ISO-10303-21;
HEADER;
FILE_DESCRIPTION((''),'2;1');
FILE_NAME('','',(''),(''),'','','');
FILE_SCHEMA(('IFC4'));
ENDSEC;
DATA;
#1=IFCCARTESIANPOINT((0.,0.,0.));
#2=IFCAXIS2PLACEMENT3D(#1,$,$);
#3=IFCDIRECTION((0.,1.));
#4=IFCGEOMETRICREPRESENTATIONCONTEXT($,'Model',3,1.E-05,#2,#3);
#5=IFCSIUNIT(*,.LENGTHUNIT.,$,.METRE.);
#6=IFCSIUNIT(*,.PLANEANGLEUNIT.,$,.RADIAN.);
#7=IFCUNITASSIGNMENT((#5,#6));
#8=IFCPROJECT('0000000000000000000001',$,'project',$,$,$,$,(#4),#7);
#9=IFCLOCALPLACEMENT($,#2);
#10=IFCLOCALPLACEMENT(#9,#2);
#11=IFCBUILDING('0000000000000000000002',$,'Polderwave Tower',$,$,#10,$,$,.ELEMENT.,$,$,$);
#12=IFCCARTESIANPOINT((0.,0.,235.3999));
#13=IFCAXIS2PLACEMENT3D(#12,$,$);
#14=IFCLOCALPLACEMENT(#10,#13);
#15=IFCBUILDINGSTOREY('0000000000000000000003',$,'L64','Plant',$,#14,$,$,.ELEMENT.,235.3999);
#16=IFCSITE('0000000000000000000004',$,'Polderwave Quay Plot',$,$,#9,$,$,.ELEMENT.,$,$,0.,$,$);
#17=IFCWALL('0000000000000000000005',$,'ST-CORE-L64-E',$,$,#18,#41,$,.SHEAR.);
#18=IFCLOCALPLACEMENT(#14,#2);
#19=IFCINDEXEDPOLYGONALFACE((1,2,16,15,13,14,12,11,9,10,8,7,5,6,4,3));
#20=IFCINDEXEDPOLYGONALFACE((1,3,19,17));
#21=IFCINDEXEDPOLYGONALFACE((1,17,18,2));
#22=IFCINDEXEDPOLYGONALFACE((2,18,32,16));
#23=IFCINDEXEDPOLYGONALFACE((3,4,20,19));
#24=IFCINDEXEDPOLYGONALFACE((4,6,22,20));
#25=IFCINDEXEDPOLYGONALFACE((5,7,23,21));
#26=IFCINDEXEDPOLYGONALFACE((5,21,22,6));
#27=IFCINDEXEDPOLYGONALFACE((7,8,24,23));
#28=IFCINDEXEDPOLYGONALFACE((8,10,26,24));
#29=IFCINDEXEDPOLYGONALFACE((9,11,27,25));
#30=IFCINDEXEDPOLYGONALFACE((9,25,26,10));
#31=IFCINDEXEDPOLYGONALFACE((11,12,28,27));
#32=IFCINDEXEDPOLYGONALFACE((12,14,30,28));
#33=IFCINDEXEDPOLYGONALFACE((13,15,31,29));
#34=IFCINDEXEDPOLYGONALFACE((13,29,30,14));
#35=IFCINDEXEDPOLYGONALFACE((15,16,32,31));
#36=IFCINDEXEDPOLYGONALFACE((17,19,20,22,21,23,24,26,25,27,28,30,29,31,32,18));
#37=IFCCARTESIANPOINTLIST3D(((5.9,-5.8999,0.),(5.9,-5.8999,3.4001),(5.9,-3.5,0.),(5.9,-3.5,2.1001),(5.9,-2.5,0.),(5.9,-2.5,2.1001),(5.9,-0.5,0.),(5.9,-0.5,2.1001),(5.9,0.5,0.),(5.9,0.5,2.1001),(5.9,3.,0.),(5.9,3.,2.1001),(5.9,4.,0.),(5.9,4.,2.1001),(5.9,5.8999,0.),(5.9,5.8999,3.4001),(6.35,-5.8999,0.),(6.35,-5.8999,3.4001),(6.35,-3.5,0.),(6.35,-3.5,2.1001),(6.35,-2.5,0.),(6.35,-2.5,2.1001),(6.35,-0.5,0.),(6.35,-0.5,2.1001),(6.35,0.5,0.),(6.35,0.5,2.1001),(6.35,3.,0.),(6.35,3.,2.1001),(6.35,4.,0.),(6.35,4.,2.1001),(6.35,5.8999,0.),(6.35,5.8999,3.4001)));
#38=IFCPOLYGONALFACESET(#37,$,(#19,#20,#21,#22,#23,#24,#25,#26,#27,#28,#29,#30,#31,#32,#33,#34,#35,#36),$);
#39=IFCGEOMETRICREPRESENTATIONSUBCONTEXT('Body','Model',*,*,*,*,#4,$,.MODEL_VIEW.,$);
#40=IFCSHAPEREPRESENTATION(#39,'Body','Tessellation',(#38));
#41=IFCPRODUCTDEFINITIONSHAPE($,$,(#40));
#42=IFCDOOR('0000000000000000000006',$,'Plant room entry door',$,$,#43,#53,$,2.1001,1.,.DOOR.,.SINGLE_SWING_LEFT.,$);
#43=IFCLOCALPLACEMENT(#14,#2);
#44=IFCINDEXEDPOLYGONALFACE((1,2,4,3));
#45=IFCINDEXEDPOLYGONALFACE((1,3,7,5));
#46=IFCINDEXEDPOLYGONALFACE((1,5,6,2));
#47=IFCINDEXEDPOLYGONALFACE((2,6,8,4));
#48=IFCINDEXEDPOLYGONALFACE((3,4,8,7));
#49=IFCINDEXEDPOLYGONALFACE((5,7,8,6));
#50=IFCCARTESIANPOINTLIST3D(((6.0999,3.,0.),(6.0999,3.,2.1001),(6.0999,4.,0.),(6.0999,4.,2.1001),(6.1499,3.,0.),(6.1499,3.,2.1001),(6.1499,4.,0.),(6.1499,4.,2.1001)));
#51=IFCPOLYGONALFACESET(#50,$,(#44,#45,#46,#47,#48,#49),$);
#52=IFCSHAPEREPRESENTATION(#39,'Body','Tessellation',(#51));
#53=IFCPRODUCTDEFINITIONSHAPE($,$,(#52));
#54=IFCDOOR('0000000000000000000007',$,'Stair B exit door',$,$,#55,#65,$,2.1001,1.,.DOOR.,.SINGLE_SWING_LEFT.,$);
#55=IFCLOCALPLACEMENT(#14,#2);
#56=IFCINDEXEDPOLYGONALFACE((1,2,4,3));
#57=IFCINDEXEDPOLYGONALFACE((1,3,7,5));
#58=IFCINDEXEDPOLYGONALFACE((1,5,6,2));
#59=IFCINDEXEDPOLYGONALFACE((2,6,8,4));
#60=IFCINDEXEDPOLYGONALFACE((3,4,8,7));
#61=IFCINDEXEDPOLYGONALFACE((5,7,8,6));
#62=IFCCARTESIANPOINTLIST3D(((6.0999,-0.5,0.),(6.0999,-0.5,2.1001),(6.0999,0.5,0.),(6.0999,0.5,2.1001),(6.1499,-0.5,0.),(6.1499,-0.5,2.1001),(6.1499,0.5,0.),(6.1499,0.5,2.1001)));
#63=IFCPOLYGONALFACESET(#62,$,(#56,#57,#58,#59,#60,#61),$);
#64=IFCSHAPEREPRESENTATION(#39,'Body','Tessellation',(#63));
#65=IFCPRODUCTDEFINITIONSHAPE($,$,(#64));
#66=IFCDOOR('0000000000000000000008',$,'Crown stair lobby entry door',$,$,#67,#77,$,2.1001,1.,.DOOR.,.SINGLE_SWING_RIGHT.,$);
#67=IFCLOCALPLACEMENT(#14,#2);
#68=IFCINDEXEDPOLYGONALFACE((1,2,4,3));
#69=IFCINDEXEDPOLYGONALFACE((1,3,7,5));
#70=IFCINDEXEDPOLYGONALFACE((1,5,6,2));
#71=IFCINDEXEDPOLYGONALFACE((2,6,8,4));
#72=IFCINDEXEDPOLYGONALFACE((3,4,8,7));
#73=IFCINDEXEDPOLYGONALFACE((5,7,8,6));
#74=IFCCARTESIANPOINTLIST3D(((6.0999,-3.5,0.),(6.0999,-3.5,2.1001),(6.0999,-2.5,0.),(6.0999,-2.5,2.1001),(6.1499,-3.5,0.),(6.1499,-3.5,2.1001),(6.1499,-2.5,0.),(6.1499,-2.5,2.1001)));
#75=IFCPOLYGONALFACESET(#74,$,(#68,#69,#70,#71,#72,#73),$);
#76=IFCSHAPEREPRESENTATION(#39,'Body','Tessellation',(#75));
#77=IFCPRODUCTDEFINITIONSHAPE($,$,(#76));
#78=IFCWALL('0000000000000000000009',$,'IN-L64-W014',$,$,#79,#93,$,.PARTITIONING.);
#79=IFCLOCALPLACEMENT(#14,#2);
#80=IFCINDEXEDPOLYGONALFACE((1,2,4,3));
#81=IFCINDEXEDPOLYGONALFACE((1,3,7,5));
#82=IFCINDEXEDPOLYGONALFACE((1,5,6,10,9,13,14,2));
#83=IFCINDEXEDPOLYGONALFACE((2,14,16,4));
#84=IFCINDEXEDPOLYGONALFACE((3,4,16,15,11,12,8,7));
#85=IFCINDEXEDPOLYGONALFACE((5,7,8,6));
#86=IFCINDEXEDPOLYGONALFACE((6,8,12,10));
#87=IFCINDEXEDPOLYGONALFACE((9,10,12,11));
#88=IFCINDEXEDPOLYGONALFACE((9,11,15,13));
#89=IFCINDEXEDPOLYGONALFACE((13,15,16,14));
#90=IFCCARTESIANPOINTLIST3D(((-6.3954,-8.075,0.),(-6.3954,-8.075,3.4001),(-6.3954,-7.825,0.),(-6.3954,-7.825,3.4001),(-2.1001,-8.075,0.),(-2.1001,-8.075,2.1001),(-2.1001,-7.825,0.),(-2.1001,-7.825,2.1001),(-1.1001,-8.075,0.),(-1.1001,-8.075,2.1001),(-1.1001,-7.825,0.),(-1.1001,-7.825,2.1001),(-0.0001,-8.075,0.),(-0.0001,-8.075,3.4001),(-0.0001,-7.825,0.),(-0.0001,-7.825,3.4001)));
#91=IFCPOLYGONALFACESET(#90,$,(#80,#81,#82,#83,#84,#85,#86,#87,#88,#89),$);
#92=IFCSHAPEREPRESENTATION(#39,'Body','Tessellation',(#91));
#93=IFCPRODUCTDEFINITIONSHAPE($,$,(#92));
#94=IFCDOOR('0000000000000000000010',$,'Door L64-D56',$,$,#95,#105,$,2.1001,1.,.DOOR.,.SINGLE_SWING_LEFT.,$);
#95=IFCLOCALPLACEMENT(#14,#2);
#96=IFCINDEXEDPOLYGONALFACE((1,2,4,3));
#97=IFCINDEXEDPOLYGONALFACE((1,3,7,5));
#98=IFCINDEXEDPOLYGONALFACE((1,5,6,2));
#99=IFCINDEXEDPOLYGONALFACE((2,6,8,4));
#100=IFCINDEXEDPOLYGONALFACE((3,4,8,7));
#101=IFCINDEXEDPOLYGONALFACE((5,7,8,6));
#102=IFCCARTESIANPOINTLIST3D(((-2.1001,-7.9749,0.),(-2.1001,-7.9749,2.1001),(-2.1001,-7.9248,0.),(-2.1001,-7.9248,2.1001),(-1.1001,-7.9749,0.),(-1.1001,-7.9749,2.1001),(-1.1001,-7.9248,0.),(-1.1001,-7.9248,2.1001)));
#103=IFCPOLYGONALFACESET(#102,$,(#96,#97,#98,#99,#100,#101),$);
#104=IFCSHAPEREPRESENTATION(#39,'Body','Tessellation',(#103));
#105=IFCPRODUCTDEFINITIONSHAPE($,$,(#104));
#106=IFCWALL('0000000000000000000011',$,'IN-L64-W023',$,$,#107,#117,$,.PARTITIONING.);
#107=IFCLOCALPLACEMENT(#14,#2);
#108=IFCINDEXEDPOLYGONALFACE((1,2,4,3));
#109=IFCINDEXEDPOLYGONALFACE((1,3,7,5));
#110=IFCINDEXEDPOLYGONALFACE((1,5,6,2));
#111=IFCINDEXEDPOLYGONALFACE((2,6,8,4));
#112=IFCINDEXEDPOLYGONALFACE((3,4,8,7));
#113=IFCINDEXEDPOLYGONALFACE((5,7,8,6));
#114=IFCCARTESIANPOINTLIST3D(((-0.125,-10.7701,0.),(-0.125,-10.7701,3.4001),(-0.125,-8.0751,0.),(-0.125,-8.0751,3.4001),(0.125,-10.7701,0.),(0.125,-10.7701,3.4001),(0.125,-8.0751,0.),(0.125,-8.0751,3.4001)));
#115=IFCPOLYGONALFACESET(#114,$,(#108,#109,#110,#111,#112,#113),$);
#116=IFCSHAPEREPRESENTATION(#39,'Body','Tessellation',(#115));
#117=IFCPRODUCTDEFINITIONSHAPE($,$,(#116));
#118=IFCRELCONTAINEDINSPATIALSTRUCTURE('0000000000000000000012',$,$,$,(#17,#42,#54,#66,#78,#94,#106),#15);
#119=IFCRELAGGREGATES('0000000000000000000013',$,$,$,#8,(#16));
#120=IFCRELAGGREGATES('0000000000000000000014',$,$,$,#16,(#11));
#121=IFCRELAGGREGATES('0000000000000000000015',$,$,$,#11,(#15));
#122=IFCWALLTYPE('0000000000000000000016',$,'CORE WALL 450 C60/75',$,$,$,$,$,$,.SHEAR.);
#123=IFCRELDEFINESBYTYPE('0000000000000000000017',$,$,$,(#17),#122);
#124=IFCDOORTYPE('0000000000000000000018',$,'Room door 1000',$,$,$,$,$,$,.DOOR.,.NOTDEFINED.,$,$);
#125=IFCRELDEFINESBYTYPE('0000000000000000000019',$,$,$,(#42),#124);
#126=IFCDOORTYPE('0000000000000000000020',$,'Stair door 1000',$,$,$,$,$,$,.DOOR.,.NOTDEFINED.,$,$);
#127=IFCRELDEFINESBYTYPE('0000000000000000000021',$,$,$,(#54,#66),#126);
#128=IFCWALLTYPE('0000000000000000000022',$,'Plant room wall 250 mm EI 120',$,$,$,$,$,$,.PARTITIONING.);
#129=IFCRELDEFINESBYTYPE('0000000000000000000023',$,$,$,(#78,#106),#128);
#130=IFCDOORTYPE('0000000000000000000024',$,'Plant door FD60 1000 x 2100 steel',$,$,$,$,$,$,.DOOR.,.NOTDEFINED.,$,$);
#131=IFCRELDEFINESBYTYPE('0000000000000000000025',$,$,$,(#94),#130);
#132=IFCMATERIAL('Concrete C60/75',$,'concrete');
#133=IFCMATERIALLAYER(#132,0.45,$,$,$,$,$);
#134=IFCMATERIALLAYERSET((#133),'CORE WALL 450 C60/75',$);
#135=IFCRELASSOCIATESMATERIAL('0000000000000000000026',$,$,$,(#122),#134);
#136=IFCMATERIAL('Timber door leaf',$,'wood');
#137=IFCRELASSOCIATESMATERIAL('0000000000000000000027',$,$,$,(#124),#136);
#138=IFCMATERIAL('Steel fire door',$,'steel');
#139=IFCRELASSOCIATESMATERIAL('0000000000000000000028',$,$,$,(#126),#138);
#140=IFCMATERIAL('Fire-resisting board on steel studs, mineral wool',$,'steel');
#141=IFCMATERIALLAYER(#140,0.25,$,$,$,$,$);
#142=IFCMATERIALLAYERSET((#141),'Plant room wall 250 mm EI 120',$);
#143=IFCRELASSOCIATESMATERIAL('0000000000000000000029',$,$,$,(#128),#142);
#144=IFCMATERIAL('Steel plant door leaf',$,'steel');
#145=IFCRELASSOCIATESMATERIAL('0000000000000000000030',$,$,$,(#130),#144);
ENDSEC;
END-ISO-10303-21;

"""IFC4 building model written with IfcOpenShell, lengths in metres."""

from ifc_helpers import new_model, si_unit, direction, frame, frame_2d, origin, place, context, subcontext, project, spatial, rectangle, extrude, material, layer, layer_set, type_object, element, fill, save


model = new_model("IFC4")

# Units and contexts
model_context = context("Model", 3, precision=1e-05, world=origin(), true_north=direction((0.0, 1.0)))
body_context = subcontext(model_context, "Body", "Model", "MODEL_VIEW")
ifc_project = project(units=[si_unit("LENGTHUNIT", "METRE"), si_unit("PLANEANGLEUNIT", "RADIAN")], contexts=[model_context])

# Site, building, storey
site_placement = place(None, origin())
site = spatial("IfcSite", under=ifc_project, at=site_placement, Name="Polderwave Quay Plot", CompositionType="ELEMENT", RefElevation=0.0)
building_placement = place(site_placement, origin())
building = spatial("IfcBuilding", under=site, at=building_placement, Name="Polderwave Tower", CompositionType="ELEMENT")
storey_placement = place(building_placement, frame((0.0, 0.0, 235.3999)))
storey = spatial("IfcBuildingStorey", under=building, at=storey_placement, Name="L64", Description="Plant", CompositionType="ELEMENT", Elevation=235.3999)

# Wall, openings, doors
ifc_material_1 = material(Name="Concrete C60/75", Category="concrete")
ifc_layer_1 = layer(ifc_material_1, 0.45)
ifc_layer_set_1 = layer_set([ifc_layer_1], Name="CORE WALL 450 C60/75")
wall_type_1 = type_object("IfcWallType", Name="CORE WALL 450 C60/75", PredefinedType="SHEAR", material=ifc_layer_set_1)
wall_1_placement = place(storey_placement, frame((6.125, -5.8999, 0.0), z_axis=(0.0, 0.0, 1.0), x_axis=(0.0, 1.0, 0.0)))
wall_1 = element("IfcWall", 1, at=wall_1_placement, inside=storey, type_object=wall_type_1, Name="ST-CORE-L64-E", PredefinedType="SHEAR", context=body_context, shape_type="SweptSolid", body=[
    extrude(rectangle(XDim=11.7998, YDim=0.45, at=frame_2d((5.8999, 0.0))), origin(), (0.0, 0.0, 1.0), 3.4001),
])
opening_1_placement = place(wall_1_placement, frame((5.3999, 0.0, 0.0)))
opening_1 = element("IfcOpeningElement", 2, at=opening_1_placement, cuts=wall_1, PredefinedType="OPENING", context=body_context, shape_type="SweptSolid", body=[
    extrude(rectangle(XDim=1.0, YDim=2.1001, at=frame_2d((0.5, 1.05))), frame((0.0, 0.2349, 0.0), z_axis=(0.0, -1.0, 0.0), x_axis=(1.0, 0.0, 0.0)), (0.0, 0.0, 1.0), 0.47),
])
opening_2_placement = place(wall_1_placement, frame((2.3999, 0.0, 0.0)))
opening_2 = element("IfcOpeningElement", 3, at=opening_2_placement, cuts=wall_1, PredefinedType="OPENING", context=body_context, shape_type="SweptSolid", body=[
    extrude(rectangle(XDim=1.0, YDim=2.1001, at=frame_2d((0.5, 1.05))), frame((0.0, 0.2349, 0.0), z_axis=(0.0, -1.0, 0.0), x_axis=(1.0, 0.0, 0.0)), (0.0, 0.0, 1.0), 0.47),
])
opening_3_placement = place(wall_1_placement, frame((8.8999, 0.0, 0.0)))
opening_3 = element("IfcOpeningElement", 4, at=opening_3_placement, cuts=wall_1, PredefinedType="OPENING", context=body_context, shape_type="SweptSolid", body=[
    extrude(rectangle(XDim=1.0, YDim=2.1001, at=frame_2d((0.5, 1.05))), frame((0.0, 0.2349, 0.0), z_axis=(0.0, -1.0, 0.0), x_axis=(1.0, 0.0, 0.0)), (0.0, 0.0, 1.0), 0.47),
])
ifc_material_2 = material(Name="Timber door leaf", Category="wood")
door_type_1 = type_object("IfcDoorType", Name="Room door 1000", OperationType="NOTDEFINED", PredefinedType="DOOR", material=ifc_material_2)
door_1_placement = place(opening_3_placement, frame((1.0, 0.0, 0.0), z_axis=(0.0, 0.0, 1.0), x_axis=(-1.0, 0.0, 0.0)))
door_1 = element("IfcDoor", 5, at=door_1_placement, inside=storey, type_object=door_type_1, Name="Plant room entry door", OperationType="SINGLE_SWING_LEFT", OverallHeight=2.1001, OverallWidth=1.0, PredefinedType="DOOR", context=body_context, shape_type="SweptSolid", body=[
    extrude(rectangle(XDim=1.0, YDim=2.1001, at=frame_2d((0.5, 1.05))), frame((0.0, 0.0249, 0.0), z_axis=(0.0, -1.0, 0.0), x_axis=(1.0, 0.0, 0.0)), (0.0, 0.0, 1.0), 0.05),
])
fill(opening_3, door_1)
ifc_material_3 = material(Name="Steel fire door", Category="steel")
door_type_2 = type_object("IfcDoorType", Name="Stair door 1000", OperationType="NOTDEFINED", PredefinedType="DOOR", material=ifc_material_3)
door_2_placement = place(opening_1_placement, frame((1.0, 0.0, 0.0), z_axis=(0.0, 0.0, 1.0), x_axis=(-1.0, 0.0, 0.0)))
door_2 = element("IfcDoor", 6, at=door_2_placement, inside=storey, type_object=door_type_2, Name="Stair B exit door", OperationType="SINGLE_SWING_LEFT", OverallHeight=2.1001, OverallWidth=1.0, PredefinedType="DOOR", context=body_context, shape_type="SweptSolid", body=[
    extrude(rectangle(XDim=1.0, YDim=2.1001, at=frame_2d((0.5, 1.05))), frame((0.0, 0.0249, 0.0), z_axis=(0.0, -1.0, 0.0), x_axis=(1.0, 0.0, 0.0)), (0.0, 0.0, 1.0), 0.05),
])
fill(opening_1, door_2)
door_3_placement = place(opening_2_placement, frame((1.0, 0.0, 0.0), z_axis=(0.0, 0.0, 1.0), x_axis=(-1.0, 0.0, 0.0)))
door_3 = element("IfcDoor", 7, at=door_3_placement, inside=storey, type_object=door_type_2, Name="Crown stair lobby entry door", OperationType="SINGLE_SWING_RIGHT", OverallHeight=2.1001, OverallWidth=1.0, PredefinedType="DOOR", context=body_context, shape_type="SweptSolid", body=[
    extrude(rectangle(XDim=1.0, YDim=2.1001, at=frame_2d((0.5, 1.05))), frame((0.0, 0.0249, 0.0), z_axis=(0.0, -1.0, 0.0), x_axis=(1.0, 0.0, 0.0)), (0.0, 0.0, 1.0), 0.05),
])
fill(opening_2, door_3)

# Wall, opening, door
ifc_material_4 = material(Name="Fire-resisting board on steel studs, mineral wool", Category="steel")
ifc_layer_2 = layer(ifc_material_4, 0.25)
ifc_layer_set_2 = layer_set([ifc_layer_2], Name="Plant room wall 250 mm EI 120")
wall_type_2 = type_object("IfcWallType", Name="Plant room wall 250 mm EI 120", PredefinedType="PARTITIONING", material=ifc_layer_set_2)
wall_2_placement = place(storey_placement, frame((0.0, -7.95, 0.0), z_axis=(0.0, 0.0, 1.0), x_axis=(-1.0, 0.0, 0.0)))
wall_2 = element("IfcWall", 8, at=wall_2_placement, inside=storey, type_object=wall_type_2, Name="IN-L64-W014", PredefinedType="PARTITIONING", context=body_context, shape_type="SweptSolid", body=[
    extrude(rectangle(XDim=6.3953, YDim=0.25, at=frame_2d((3.1978, 0.0))), origin(), (0.0, 0.0, 1.0), 3.4001),
])
opening_4_placement = place(wall_2_placement, frame((1.1001, 0.0, 0.0)))
opening_4 = element("IfcOpeningElement", 9, at=opening_4_placement, cuts=wall_2, PredefinedType="OPENING", context=body_context, shape_type="SweptSolid", body=[
    extrude(rectangle(XDim=1.0, YDim=2.1001, at=frame_2d((0.5, 1.05))), frame((0.0, 0.135, 0.0), z_axis=(0.0, -1.0, 0.0), x_axis=(1.0, 0.0, 0.0)), (0.0, 0.0, 1.0), 0.27),
])
ifc_material_5 = material(Name="Steel plant door leaf", Category="steel")
door_type_3 = type_object("IfcDoorType", Name="Plant door FD60 1000 x 2100 steel", OperationType="NOTDEFINED", PredefinedType="DOOR", material=ifc_material_5)
door_4_placement = place(opening_4_placement, origin())
door_4 = element("IfcDoor", 10, at=door_4_placement, inside=storey, type_object=door_type_3, Name="Door L64-D56", OperationType="SINGLE_SWING_LEFT", OverallHeight=2.1001, OverallWidth=1.0, PredefinedType="DOOR", context=body_context, shape_type="SweptSolid", body=[
    extrude(rectangle(XDim=1.0, YDim=2.1001, at=frame_2d((0.5, 1.05))), frame((0.0, 0.0249, 0.0), z_axis=(0.0, -1.0, 0.0), x_axis=(1.0, 0.0, 0.0)), (0.0, 0.0, 1.0), 0.05),
])
fill(opening_4, door_4)

# Wall
wall_3_placement = place(storey_placement, frame((0.0, -8.075, 0.0), z_axis=(0.0, 0.0, 1.0), x_axis=(0.0, -1.0, 0.0)))
element("IfcWall", 11, at=wall_3_placement, inside=storey, type_object=wall_type_2, Name="IN-L64-W023", PredefinedType="PARTITIONING", context=body_context, shape_type="SweptSolid", body=[
    extrude(rectangle(XDim=2.6951, YDim=0.25, at=frame_2d((1.3477, 0.0))), origin(), (0.0, 0.0, 1.0), 3.4001),
])

save(model, "model.ifc")
